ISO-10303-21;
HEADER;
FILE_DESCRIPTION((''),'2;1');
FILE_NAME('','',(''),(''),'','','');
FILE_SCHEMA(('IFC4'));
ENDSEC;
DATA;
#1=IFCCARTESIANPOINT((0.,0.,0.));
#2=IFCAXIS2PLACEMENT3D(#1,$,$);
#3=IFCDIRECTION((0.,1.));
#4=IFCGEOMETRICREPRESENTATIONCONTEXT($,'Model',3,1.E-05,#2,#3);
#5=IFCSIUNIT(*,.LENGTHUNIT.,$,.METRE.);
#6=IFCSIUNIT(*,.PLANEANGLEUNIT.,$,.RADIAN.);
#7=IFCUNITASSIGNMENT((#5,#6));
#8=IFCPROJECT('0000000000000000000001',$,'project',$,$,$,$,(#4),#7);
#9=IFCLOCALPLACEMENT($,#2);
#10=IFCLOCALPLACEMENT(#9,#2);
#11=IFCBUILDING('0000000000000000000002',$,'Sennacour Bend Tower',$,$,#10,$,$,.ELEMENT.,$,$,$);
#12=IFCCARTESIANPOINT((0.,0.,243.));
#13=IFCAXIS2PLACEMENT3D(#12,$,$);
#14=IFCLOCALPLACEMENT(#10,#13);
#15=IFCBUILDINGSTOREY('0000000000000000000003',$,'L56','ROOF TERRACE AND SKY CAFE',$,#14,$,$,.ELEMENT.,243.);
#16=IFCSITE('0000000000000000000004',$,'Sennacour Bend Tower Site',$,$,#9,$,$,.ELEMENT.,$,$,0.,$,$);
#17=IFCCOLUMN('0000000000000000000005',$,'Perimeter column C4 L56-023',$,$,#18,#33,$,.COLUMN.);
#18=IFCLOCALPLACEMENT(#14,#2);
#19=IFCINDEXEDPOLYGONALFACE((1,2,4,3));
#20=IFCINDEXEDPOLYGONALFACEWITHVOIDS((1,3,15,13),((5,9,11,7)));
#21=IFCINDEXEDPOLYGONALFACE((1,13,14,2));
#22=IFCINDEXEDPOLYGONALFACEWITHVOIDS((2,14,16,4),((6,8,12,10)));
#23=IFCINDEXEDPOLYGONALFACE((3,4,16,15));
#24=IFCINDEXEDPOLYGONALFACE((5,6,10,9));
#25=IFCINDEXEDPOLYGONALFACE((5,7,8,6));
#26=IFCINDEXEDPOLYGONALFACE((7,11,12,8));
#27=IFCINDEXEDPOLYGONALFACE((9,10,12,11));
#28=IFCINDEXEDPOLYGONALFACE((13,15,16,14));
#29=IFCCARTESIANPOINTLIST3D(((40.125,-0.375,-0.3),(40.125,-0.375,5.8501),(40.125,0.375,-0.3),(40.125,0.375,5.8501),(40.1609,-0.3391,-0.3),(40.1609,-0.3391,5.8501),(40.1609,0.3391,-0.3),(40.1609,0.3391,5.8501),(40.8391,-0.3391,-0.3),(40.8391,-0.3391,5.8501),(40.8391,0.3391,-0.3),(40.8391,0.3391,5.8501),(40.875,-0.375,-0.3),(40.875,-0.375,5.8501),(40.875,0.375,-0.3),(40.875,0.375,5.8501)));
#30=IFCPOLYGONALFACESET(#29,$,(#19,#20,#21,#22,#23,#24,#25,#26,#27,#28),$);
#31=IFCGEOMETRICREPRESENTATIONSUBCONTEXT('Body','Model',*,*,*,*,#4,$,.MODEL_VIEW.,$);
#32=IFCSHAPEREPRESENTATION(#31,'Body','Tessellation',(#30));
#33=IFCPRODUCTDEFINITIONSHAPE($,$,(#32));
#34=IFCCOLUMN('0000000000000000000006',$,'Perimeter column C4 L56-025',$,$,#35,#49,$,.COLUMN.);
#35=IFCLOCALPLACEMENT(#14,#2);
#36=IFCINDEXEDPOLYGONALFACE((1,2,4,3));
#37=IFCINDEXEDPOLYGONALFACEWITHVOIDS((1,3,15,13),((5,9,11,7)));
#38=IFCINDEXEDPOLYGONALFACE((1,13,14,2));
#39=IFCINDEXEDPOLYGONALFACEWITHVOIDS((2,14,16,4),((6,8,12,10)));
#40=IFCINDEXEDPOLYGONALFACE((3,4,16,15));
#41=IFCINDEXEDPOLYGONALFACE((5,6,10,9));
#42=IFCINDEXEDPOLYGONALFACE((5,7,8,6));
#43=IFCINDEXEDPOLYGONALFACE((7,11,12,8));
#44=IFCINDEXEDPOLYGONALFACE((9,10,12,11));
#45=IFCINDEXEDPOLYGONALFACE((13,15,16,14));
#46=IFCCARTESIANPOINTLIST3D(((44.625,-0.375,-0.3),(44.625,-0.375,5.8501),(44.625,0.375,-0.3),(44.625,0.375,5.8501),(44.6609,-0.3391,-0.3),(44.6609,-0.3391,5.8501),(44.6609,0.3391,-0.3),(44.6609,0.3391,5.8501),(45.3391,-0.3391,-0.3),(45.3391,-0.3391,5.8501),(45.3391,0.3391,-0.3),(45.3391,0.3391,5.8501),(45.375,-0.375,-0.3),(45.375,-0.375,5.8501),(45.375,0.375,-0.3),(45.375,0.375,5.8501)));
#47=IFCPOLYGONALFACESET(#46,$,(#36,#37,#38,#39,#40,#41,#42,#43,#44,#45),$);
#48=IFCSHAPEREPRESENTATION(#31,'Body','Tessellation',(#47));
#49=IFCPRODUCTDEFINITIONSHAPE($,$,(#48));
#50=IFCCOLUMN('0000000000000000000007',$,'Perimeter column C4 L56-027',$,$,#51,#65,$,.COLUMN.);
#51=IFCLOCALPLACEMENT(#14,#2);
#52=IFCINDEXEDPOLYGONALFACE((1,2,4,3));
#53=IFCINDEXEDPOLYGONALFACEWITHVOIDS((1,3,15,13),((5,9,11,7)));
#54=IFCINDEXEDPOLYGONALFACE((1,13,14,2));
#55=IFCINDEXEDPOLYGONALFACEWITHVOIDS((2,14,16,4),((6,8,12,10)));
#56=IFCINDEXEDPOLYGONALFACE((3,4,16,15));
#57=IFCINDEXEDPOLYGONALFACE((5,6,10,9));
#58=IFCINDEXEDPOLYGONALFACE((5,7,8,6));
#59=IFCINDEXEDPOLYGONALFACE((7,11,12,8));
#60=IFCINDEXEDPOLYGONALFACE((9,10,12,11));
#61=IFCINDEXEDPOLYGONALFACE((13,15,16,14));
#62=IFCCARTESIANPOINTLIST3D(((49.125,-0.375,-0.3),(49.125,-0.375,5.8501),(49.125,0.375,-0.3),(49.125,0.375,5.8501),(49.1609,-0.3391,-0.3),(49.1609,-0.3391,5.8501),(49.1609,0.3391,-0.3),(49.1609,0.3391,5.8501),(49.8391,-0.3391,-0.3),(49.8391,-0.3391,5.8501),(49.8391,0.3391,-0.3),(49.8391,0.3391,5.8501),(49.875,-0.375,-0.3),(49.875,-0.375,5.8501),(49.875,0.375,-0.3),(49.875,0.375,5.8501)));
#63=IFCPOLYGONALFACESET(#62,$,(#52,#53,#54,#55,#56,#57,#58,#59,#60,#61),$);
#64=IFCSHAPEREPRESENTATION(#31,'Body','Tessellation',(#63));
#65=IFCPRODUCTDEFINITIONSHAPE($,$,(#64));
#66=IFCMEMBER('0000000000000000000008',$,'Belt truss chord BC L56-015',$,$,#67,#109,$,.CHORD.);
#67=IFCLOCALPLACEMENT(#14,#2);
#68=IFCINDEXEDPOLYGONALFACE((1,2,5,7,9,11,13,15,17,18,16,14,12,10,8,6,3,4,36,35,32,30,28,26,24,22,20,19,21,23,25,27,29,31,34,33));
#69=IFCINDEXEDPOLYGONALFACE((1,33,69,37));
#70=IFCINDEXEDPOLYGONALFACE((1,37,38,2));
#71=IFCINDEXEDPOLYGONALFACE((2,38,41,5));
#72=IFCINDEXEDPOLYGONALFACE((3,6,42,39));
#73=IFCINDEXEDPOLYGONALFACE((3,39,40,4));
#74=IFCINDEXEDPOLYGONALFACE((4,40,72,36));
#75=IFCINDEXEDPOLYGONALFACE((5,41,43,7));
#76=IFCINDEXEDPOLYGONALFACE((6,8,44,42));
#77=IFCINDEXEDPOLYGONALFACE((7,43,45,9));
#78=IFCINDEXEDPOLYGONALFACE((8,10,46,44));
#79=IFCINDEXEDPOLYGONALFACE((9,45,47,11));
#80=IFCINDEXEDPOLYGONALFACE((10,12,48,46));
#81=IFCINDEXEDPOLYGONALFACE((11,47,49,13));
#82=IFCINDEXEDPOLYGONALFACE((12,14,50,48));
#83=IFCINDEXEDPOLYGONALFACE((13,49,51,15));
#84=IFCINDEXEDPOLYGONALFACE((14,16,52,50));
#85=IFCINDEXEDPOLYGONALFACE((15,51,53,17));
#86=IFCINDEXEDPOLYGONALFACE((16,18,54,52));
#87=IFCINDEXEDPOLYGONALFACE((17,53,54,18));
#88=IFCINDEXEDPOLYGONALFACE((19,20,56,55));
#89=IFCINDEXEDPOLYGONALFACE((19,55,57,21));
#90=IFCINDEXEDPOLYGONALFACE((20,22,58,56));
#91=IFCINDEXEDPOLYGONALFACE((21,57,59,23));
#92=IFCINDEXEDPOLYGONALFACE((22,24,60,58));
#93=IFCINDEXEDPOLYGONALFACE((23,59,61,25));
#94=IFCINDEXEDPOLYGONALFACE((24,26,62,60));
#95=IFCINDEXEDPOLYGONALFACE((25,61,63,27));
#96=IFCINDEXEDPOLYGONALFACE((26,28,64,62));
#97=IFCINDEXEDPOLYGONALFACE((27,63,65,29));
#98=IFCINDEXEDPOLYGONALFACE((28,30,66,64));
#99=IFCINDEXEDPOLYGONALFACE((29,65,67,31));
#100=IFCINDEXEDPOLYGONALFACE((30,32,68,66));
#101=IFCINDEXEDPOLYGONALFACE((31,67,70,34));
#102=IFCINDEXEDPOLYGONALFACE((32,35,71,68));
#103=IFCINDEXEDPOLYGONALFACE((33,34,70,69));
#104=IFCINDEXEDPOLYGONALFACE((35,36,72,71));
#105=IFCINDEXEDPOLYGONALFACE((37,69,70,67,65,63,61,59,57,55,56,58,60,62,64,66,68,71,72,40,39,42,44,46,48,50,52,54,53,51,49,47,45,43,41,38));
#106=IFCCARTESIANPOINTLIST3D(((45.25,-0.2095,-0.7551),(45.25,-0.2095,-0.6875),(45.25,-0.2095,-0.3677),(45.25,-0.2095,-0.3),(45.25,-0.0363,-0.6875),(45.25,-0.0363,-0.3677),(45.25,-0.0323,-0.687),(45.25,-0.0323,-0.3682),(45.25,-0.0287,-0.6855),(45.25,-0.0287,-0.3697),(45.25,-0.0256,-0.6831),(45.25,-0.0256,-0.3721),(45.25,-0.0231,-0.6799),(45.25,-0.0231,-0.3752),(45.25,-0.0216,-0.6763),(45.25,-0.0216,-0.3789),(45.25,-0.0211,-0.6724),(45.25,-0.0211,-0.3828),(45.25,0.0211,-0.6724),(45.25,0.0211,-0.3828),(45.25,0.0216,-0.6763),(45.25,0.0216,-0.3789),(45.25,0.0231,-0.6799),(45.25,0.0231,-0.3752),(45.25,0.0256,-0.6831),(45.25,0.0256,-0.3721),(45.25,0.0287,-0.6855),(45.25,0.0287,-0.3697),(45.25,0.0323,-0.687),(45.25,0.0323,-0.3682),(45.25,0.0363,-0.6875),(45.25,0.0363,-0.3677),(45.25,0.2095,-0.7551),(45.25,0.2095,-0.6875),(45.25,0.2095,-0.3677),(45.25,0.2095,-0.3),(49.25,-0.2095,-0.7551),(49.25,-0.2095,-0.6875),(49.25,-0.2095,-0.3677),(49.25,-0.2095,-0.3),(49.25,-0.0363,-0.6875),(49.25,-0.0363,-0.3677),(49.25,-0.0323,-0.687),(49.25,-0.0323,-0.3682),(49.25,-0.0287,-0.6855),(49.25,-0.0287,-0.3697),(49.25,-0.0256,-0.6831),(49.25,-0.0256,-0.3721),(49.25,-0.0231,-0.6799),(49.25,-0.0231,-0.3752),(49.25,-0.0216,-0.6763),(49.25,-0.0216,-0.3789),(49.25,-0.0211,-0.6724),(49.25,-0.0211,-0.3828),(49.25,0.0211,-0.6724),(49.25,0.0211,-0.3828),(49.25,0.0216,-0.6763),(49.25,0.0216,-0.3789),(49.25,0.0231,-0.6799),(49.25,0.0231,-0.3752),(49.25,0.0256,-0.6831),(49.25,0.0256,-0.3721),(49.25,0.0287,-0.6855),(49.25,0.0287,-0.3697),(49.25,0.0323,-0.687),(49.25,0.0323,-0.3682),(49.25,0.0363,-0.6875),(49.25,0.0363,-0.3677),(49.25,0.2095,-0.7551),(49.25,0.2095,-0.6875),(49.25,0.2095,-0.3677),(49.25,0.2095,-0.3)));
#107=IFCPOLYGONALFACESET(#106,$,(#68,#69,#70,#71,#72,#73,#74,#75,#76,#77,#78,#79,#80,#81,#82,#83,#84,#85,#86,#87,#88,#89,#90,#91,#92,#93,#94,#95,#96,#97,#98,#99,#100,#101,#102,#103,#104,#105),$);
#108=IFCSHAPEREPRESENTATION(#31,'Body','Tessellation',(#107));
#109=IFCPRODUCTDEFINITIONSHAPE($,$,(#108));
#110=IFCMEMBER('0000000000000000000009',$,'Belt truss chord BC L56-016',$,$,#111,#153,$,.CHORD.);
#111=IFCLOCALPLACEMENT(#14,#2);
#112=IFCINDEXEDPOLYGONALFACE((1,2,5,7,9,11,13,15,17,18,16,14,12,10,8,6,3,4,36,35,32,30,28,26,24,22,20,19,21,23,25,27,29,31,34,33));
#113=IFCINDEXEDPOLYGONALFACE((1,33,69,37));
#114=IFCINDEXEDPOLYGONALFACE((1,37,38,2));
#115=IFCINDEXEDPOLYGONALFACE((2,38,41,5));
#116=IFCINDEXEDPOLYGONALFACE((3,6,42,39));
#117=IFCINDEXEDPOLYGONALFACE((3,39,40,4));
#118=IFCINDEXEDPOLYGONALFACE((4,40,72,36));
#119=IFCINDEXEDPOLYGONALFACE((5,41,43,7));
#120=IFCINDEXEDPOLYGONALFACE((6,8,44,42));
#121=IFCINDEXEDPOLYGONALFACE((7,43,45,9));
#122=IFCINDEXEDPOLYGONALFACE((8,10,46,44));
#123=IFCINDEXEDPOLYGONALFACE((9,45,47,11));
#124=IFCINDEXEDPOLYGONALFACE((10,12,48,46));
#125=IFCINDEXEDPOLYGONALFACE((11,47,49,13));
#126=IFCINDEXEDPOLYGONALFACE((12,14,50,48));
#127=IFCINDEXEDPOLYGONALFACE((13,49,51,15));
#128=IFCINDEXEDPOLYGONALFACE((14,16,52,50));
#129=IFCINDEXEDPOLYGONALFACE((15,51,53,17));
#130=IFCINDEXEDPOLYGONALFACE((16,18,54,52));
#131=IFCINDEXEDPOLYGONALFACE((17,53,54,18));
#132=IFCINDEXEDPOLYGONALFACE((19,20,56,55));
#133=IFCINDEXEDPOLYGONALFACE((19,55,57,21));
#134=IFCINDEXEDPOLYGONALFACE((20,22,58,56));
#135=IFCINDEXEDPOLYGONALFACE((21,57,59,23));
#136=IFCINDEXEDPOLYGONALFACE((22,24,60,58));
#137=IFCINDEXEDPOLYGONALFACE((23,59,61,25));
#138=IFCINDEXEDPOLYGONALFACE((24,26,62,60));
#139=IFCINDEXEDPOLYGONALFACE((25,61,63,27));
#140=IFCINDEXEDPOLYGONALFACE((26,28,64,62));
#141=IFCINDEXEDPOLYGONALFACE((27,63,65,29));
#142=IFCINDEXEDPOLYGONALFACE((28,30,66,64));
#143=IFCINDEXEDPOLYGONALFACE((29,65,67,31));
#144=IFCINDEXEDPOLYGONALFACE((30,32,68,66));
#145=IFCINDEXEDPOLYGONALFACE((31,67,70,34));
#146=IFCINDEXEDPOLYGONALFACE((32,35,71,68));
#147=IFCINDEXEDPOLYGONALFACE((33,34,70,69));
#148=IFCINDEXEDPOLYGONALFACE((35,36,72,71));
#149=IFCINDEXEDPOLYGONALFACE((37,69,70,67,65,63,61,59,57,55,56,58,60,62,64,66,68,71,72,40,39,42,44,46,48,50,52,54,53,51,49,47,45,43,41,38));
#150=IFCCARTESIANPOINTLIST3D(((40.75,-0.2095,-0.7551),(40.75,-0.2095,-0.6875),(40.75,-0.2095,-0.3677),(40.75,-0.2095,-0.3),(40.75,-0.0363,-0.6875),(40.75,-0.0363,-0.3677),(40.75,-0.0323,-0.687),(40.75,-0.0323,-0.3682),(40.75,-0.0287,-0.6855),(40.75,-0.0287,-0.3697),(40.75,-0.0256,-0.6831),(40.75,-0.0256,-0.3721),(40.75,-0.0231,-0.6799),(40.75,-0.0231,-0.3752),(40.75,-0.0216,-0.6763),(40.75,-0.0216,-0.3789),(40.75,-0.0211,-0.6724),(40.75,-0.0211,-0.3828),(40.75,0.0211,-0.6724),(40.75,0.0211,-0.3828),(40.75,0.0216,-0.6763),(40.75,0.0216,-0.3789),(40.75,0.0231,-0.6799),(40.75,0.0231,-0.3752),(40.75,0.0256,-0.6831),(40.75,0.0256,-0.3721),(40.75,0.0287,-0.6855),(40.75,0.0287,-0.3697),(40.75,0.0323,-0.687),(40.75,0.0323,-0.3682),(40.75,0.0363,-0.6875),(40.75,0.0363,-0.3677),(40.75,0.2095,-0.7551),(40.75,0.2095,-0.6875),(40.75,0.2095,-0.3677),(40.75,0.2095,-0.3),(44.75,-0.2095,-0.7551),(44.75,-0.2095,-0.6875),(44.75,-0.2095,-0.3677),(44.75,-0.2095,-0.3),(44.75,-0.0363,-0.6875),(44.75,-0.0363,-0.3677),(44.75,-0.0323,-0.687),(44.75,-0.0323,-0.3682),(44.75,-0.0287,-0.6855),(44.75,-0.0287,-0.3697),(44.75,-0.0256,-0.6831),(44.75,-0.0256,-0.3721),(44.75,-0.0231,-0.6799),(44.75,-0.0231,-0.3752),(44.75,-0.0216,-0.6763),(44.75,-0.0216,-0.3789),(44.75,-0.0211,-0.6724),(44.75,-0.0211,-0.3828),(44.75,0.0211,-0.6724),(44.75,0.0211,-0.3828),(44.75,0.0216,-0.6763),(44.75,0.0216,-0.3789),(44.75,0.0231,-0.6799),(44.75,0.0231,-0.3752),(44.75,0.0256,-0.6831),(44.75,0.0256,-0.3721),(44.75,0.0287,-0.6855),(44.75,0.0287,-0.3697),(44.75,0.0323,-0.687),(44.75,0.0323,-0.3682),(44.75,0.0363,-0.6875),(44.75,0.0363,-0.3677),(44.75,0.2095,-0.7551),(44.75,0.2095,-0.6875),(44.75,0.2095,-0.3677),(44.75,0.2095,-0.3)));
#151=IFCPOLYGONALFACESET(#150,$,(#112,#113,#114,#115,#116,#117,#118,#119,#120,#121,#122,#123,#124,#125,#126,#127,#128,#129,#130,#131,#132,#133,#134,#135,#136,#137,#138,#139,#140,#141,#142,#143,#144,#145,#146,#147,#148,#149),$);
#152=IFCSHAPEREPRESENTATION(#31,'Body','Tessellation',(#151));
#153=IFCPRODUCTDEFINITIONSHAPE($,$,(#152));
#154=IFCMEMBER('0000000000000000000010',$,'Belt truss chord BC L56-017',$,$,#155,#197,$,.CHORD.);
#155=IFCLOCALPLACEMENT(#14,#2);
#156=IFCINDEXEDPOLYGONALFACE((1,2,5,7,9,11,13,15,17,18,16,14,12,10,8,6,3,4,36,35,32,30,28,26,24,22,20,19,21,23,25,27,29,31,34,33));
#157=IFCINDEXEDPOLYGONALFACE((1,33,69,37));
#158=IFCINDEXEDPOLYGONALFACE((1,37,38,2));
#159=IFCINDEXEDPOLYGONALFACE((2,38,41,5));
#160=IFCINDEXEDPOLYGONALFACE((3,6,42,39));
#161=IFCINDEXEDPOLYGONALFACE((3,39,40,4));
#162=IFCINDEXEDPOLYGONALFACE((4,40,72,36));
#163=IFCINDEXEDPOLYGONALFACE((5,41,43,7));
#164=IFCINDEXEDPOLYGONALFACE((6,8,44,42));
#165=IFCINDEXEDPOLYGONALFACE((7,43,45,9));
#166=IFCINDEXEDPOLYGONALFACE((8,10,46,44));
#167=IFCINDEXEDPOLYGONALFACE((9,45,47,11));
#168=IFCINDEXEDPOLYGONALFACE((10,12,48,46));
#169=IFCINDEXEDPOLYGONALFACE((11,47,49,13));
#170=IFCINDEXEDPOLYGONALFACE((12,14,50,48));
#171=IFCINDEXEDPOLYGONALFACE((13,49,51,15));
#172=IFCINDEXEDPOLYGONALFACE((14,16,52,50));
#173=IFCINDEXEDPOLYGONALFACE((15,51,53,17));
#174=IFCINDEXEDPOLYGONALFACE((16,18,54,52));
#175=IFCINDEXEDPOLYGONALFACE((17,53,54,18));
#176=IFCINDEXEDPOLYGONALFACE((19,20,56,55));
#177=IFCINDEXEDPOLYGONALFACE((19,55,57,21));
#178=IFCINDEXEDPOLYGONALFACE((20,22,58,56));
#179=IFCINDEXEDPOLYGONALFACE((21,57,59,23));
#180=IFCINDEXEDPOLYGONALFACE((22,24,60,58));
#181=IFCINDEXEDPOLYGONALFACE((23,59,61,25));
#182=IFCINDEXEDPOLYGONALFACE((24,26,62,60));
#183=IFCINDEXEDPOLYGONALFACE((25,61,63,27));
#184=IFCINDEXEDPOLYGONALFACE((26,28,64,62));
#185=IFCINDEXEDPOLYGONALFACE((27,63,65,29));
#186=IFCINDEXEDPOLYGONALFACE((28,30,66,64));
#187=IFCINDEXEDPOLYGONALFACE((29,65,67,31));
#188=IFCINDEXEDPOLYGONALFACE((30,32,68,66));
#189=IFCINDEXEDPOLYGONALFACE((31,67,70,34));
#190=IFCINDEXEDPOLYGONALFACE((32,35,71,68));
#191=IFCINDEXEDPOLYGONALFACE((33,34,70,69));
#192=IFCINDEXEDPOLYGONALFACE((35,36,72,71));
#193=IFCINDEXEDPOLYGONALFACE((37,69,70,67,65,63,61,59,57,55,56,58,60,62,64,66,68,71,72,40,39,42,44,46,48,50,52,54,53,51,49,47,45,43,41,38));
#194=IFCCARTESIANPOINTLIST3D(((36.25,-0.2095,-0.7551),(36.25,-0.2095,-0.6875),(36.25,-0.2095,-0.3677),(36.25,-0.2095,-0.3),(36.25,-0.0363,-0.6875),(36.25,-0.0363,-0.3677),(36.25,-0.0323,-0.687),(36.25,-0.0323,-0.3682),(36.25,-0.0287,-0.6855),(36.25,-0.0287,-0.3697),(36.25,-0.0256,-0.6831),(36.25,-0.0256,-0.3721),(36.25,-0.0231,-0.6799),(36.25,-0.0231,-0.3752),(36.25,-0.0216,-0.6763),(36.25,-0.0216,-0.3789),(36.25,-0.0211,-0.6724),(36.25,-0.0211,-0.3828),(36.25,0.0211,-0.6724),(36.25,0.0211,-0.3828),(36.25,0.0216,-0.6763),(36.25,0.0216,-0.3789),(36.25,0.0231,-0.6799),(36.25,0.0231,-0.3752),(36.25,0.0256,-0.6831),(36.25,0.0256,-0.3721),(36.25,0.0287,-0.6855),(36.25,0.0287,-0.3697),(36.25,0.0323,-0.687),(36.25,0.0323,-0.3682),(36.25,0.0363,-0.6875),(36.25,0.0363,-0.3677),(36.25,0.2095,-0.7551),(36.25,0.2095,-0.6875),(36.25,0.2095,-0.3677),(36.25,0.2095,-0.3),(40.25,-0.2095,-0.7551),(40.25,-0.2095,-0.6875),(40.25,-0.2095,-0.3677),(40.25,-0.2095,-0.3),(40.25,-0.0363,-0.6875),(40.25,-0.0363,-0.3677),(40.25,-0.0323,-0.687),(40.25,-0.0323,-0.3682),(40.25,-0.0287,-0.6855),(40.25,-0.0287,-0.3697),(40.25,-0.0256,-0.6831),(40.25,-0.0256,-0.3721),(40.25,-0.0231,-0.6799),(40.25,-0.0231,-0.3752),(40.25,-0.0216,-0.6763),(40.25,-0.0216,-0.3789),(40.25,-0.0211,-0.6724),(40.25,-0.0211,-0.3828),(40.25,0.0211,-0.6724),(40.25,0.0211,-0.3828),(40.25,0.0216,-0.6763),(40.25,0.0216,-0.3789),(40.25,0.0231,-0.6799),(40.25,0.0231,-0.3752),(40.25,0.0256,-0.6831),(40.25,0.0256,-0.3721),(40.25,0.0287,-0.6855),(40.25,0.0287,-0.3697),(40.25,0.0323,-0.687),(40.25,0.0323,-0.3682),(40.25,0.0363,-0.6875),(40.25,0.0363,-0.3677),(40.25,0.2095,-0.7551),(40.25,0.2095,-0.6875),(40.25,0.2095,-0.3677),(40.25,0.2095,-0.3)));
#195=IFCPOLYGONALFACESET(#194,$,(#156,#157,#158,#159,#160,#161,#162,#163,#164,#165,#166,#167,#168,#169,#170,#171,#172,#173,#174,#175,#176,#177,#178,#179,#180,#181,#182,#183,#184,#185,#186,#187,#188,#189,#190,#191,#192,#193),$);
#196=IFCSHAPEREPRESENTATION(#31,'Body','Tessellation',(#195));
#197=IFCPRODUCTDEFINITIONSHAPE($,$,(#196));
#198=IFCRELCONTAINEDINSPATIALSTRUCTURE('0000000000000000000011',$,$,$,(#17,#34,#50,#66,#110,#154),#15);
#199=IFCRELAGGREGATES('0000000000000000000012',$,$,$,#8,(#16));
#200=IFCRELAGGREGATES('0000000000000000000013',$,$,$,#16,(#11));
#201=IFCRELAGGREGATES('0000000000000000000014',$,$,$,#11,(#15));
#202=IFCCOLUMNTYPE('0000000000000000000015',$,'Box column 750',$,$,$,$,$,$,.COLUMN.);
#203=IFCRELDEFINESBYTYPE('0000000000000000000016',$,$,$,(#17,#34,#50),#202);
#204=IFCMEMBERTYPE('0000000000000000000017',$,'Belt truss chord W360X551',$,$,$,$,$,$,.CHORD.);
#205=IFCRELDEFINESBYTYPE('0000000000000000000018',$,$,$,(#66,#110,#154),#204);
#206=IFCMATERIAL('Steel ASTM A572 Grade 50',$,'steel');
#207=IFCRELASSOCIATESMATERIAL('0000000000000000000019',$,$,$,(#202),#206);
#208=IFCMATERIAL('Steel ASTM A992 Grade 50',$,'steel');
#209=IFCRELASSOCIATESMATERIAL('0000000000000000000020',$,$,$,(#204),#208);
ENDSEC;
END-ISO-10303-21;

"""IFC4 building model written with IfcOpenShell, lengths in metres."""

from ifc_helpers import new_model, si_unit, direction, frame, origin, origin_2d, place, context, subcontext, project, spatial, hollow_rectangle, i_section, extrude, material, material_profile, profile_set, type_object, element, save


model = new_model("IFC4")

# Units and contexts
model_context = context("Model", 3, precision=1e-05, world=origin(), true_north=direction((0.0, 1.0)))
body_context = subcontext(model_context, "Body", "Model", "MODEL_VIEW")
ifc_project = project(units=[si_unit("LENGTHUNIT", "METRE"), si_unit("PLANEANGLEUNIT", "RADIAN")], contexts=[model_context])

# Site, building, storey
site_placement = place(None, origin())
site = spatial("IfcSite", under=ifc_project, at=site_placement, Name="Sennacour Bend Tower Site", CompositionType="ELEMENT", RefElevation=0.0)
building_placement = place(site_placement, origin())
building = spatial("IfcBuilding", under=site, at=building_placement, Name="Sennacour Bend Tower", CompositionType="ELEMENT")
storey_placement = place(building_placement, frame((0.0, 0.0, 243.0)))
storey = spatial("IfcBuildingStorey", under=building, at=storey_placement, Name="L56", Description="ROOF TERRACE AND SKY CAFE", CompositionType="ELEMENT", Elevation=243.0)

# Columns
ifc_material_1 = material(Name="Steel ASTM A572 Grade 50", Category="steel")
ifc_material_profile_1 = material_profile(ifc_material_1, hollow_rectangle(XDim=0.75, YDim=0.75, WallThickness=0.0359, at=origin_2d()), Name="Steel ASTM A572 Grade 50", Category="steel")
ifc_profile_set_1 = profile_set([ifc_material_profile_1], Name="Steel ASTM A572 Grade 50")
column_type = type_object("IfcColumnType", Name="Box column 750", PredefinedType="COLUMN", material=ifc_profile_set_1)
for number, where, z_axis, x_axis, name in (
    (1, (40.5, 0.0, -0.3), (0.0, 0.0, 1.0), (1.0, 0.0, 0.0), "Perimeter column C4 L56-023"),
    (2, (45.0, 0.0, -0.3), (0.0, 0.0, 1.0), (1.0, 0.0, 0.0), "Perimeter column C4 L56-025"),
    (3, (49.5, 0.0, -0.3), (0.0, 0.0, 1.0), (1.0, 0.0, 0.0), "Perimeter column C4 L56-027"),
):
    element("IfcColumn", number, at=place(storey_placement, frame(where, z_axis=z_axis, x_axis=x_axis)), inside=storey, type_object=column_type, Name=name, PredefinedType="COLUMN", context=body_context, shape_type="SweptSolid", body=[
        extrude(hollow_rectangle(XDim=0.75, YDim=0.75, WallThickness=0.0359, at=origin_2d()), origin(), (0.0, 0.0, 1.0), 6.1501),
    ])

# Members
ifc_material_2 = material(Name="Steel ASTM A992 Grade 50", Category="steel")
ifc_material_profile_2 = material_profile(ifc_material_2, i_section(OverallWidth=0.4189, OverallDepth=0.4551, WebThickness=0.0422, FlangeThickness=0.0676, FilletRadius=0.0151, at=origin_2d()), Name="Steel ASTM A992 Grade 50", Category="steel")
ifc_profile_set_2 = profile_set([ifc_material_profile_2], Name="Steel ASTM A992 Grade 50")
member_type_1 = type_object("IfcMemberType", Name="Belt truss chord W360X551", PredefinedType="CHORD", material=ifc_profile_set_2)
for number, where, z_axis, x_axis, name in (
    (4, (49.25, 0.0, -0.5276), (-1.0, 0.0, 0.0), (0.0, -1.0, 0.0), "Belt truss chord BC L56-015"),
    (5, (44.75, 0.0, -0.5276), (-1.0, 0.0, 0.0), (0.0, -1.0, 0.0), "Belt truss chord BC L56-016"),
    (6, (40.25, 0.0, -0.5276), (-1.0, 0.0, 0.0), (0.0, -1.0, 0.0), "Belt truss chord BC L56-017"),
):
    element("IfcMember", number, at=place(storey_placement, frame(where, z_axis=z_axis, x_axis=x_axis)), inside=storey, type_object=member_type_1, Name=name, PredefinedType="CHORD", context=body_context, shape_type="SweptSolid", body=[
        extrude(i_section(OverallWidth=0.4189, OverallDepth=0.4551, WebThickness=0.0422, FlangeThickness=0.0676, FilletRadius=0.0151, at=origin_2d()), origin(), (0.0, 0.0, 1.0), 4.0),
    ])

save(model, "model.ifc")
